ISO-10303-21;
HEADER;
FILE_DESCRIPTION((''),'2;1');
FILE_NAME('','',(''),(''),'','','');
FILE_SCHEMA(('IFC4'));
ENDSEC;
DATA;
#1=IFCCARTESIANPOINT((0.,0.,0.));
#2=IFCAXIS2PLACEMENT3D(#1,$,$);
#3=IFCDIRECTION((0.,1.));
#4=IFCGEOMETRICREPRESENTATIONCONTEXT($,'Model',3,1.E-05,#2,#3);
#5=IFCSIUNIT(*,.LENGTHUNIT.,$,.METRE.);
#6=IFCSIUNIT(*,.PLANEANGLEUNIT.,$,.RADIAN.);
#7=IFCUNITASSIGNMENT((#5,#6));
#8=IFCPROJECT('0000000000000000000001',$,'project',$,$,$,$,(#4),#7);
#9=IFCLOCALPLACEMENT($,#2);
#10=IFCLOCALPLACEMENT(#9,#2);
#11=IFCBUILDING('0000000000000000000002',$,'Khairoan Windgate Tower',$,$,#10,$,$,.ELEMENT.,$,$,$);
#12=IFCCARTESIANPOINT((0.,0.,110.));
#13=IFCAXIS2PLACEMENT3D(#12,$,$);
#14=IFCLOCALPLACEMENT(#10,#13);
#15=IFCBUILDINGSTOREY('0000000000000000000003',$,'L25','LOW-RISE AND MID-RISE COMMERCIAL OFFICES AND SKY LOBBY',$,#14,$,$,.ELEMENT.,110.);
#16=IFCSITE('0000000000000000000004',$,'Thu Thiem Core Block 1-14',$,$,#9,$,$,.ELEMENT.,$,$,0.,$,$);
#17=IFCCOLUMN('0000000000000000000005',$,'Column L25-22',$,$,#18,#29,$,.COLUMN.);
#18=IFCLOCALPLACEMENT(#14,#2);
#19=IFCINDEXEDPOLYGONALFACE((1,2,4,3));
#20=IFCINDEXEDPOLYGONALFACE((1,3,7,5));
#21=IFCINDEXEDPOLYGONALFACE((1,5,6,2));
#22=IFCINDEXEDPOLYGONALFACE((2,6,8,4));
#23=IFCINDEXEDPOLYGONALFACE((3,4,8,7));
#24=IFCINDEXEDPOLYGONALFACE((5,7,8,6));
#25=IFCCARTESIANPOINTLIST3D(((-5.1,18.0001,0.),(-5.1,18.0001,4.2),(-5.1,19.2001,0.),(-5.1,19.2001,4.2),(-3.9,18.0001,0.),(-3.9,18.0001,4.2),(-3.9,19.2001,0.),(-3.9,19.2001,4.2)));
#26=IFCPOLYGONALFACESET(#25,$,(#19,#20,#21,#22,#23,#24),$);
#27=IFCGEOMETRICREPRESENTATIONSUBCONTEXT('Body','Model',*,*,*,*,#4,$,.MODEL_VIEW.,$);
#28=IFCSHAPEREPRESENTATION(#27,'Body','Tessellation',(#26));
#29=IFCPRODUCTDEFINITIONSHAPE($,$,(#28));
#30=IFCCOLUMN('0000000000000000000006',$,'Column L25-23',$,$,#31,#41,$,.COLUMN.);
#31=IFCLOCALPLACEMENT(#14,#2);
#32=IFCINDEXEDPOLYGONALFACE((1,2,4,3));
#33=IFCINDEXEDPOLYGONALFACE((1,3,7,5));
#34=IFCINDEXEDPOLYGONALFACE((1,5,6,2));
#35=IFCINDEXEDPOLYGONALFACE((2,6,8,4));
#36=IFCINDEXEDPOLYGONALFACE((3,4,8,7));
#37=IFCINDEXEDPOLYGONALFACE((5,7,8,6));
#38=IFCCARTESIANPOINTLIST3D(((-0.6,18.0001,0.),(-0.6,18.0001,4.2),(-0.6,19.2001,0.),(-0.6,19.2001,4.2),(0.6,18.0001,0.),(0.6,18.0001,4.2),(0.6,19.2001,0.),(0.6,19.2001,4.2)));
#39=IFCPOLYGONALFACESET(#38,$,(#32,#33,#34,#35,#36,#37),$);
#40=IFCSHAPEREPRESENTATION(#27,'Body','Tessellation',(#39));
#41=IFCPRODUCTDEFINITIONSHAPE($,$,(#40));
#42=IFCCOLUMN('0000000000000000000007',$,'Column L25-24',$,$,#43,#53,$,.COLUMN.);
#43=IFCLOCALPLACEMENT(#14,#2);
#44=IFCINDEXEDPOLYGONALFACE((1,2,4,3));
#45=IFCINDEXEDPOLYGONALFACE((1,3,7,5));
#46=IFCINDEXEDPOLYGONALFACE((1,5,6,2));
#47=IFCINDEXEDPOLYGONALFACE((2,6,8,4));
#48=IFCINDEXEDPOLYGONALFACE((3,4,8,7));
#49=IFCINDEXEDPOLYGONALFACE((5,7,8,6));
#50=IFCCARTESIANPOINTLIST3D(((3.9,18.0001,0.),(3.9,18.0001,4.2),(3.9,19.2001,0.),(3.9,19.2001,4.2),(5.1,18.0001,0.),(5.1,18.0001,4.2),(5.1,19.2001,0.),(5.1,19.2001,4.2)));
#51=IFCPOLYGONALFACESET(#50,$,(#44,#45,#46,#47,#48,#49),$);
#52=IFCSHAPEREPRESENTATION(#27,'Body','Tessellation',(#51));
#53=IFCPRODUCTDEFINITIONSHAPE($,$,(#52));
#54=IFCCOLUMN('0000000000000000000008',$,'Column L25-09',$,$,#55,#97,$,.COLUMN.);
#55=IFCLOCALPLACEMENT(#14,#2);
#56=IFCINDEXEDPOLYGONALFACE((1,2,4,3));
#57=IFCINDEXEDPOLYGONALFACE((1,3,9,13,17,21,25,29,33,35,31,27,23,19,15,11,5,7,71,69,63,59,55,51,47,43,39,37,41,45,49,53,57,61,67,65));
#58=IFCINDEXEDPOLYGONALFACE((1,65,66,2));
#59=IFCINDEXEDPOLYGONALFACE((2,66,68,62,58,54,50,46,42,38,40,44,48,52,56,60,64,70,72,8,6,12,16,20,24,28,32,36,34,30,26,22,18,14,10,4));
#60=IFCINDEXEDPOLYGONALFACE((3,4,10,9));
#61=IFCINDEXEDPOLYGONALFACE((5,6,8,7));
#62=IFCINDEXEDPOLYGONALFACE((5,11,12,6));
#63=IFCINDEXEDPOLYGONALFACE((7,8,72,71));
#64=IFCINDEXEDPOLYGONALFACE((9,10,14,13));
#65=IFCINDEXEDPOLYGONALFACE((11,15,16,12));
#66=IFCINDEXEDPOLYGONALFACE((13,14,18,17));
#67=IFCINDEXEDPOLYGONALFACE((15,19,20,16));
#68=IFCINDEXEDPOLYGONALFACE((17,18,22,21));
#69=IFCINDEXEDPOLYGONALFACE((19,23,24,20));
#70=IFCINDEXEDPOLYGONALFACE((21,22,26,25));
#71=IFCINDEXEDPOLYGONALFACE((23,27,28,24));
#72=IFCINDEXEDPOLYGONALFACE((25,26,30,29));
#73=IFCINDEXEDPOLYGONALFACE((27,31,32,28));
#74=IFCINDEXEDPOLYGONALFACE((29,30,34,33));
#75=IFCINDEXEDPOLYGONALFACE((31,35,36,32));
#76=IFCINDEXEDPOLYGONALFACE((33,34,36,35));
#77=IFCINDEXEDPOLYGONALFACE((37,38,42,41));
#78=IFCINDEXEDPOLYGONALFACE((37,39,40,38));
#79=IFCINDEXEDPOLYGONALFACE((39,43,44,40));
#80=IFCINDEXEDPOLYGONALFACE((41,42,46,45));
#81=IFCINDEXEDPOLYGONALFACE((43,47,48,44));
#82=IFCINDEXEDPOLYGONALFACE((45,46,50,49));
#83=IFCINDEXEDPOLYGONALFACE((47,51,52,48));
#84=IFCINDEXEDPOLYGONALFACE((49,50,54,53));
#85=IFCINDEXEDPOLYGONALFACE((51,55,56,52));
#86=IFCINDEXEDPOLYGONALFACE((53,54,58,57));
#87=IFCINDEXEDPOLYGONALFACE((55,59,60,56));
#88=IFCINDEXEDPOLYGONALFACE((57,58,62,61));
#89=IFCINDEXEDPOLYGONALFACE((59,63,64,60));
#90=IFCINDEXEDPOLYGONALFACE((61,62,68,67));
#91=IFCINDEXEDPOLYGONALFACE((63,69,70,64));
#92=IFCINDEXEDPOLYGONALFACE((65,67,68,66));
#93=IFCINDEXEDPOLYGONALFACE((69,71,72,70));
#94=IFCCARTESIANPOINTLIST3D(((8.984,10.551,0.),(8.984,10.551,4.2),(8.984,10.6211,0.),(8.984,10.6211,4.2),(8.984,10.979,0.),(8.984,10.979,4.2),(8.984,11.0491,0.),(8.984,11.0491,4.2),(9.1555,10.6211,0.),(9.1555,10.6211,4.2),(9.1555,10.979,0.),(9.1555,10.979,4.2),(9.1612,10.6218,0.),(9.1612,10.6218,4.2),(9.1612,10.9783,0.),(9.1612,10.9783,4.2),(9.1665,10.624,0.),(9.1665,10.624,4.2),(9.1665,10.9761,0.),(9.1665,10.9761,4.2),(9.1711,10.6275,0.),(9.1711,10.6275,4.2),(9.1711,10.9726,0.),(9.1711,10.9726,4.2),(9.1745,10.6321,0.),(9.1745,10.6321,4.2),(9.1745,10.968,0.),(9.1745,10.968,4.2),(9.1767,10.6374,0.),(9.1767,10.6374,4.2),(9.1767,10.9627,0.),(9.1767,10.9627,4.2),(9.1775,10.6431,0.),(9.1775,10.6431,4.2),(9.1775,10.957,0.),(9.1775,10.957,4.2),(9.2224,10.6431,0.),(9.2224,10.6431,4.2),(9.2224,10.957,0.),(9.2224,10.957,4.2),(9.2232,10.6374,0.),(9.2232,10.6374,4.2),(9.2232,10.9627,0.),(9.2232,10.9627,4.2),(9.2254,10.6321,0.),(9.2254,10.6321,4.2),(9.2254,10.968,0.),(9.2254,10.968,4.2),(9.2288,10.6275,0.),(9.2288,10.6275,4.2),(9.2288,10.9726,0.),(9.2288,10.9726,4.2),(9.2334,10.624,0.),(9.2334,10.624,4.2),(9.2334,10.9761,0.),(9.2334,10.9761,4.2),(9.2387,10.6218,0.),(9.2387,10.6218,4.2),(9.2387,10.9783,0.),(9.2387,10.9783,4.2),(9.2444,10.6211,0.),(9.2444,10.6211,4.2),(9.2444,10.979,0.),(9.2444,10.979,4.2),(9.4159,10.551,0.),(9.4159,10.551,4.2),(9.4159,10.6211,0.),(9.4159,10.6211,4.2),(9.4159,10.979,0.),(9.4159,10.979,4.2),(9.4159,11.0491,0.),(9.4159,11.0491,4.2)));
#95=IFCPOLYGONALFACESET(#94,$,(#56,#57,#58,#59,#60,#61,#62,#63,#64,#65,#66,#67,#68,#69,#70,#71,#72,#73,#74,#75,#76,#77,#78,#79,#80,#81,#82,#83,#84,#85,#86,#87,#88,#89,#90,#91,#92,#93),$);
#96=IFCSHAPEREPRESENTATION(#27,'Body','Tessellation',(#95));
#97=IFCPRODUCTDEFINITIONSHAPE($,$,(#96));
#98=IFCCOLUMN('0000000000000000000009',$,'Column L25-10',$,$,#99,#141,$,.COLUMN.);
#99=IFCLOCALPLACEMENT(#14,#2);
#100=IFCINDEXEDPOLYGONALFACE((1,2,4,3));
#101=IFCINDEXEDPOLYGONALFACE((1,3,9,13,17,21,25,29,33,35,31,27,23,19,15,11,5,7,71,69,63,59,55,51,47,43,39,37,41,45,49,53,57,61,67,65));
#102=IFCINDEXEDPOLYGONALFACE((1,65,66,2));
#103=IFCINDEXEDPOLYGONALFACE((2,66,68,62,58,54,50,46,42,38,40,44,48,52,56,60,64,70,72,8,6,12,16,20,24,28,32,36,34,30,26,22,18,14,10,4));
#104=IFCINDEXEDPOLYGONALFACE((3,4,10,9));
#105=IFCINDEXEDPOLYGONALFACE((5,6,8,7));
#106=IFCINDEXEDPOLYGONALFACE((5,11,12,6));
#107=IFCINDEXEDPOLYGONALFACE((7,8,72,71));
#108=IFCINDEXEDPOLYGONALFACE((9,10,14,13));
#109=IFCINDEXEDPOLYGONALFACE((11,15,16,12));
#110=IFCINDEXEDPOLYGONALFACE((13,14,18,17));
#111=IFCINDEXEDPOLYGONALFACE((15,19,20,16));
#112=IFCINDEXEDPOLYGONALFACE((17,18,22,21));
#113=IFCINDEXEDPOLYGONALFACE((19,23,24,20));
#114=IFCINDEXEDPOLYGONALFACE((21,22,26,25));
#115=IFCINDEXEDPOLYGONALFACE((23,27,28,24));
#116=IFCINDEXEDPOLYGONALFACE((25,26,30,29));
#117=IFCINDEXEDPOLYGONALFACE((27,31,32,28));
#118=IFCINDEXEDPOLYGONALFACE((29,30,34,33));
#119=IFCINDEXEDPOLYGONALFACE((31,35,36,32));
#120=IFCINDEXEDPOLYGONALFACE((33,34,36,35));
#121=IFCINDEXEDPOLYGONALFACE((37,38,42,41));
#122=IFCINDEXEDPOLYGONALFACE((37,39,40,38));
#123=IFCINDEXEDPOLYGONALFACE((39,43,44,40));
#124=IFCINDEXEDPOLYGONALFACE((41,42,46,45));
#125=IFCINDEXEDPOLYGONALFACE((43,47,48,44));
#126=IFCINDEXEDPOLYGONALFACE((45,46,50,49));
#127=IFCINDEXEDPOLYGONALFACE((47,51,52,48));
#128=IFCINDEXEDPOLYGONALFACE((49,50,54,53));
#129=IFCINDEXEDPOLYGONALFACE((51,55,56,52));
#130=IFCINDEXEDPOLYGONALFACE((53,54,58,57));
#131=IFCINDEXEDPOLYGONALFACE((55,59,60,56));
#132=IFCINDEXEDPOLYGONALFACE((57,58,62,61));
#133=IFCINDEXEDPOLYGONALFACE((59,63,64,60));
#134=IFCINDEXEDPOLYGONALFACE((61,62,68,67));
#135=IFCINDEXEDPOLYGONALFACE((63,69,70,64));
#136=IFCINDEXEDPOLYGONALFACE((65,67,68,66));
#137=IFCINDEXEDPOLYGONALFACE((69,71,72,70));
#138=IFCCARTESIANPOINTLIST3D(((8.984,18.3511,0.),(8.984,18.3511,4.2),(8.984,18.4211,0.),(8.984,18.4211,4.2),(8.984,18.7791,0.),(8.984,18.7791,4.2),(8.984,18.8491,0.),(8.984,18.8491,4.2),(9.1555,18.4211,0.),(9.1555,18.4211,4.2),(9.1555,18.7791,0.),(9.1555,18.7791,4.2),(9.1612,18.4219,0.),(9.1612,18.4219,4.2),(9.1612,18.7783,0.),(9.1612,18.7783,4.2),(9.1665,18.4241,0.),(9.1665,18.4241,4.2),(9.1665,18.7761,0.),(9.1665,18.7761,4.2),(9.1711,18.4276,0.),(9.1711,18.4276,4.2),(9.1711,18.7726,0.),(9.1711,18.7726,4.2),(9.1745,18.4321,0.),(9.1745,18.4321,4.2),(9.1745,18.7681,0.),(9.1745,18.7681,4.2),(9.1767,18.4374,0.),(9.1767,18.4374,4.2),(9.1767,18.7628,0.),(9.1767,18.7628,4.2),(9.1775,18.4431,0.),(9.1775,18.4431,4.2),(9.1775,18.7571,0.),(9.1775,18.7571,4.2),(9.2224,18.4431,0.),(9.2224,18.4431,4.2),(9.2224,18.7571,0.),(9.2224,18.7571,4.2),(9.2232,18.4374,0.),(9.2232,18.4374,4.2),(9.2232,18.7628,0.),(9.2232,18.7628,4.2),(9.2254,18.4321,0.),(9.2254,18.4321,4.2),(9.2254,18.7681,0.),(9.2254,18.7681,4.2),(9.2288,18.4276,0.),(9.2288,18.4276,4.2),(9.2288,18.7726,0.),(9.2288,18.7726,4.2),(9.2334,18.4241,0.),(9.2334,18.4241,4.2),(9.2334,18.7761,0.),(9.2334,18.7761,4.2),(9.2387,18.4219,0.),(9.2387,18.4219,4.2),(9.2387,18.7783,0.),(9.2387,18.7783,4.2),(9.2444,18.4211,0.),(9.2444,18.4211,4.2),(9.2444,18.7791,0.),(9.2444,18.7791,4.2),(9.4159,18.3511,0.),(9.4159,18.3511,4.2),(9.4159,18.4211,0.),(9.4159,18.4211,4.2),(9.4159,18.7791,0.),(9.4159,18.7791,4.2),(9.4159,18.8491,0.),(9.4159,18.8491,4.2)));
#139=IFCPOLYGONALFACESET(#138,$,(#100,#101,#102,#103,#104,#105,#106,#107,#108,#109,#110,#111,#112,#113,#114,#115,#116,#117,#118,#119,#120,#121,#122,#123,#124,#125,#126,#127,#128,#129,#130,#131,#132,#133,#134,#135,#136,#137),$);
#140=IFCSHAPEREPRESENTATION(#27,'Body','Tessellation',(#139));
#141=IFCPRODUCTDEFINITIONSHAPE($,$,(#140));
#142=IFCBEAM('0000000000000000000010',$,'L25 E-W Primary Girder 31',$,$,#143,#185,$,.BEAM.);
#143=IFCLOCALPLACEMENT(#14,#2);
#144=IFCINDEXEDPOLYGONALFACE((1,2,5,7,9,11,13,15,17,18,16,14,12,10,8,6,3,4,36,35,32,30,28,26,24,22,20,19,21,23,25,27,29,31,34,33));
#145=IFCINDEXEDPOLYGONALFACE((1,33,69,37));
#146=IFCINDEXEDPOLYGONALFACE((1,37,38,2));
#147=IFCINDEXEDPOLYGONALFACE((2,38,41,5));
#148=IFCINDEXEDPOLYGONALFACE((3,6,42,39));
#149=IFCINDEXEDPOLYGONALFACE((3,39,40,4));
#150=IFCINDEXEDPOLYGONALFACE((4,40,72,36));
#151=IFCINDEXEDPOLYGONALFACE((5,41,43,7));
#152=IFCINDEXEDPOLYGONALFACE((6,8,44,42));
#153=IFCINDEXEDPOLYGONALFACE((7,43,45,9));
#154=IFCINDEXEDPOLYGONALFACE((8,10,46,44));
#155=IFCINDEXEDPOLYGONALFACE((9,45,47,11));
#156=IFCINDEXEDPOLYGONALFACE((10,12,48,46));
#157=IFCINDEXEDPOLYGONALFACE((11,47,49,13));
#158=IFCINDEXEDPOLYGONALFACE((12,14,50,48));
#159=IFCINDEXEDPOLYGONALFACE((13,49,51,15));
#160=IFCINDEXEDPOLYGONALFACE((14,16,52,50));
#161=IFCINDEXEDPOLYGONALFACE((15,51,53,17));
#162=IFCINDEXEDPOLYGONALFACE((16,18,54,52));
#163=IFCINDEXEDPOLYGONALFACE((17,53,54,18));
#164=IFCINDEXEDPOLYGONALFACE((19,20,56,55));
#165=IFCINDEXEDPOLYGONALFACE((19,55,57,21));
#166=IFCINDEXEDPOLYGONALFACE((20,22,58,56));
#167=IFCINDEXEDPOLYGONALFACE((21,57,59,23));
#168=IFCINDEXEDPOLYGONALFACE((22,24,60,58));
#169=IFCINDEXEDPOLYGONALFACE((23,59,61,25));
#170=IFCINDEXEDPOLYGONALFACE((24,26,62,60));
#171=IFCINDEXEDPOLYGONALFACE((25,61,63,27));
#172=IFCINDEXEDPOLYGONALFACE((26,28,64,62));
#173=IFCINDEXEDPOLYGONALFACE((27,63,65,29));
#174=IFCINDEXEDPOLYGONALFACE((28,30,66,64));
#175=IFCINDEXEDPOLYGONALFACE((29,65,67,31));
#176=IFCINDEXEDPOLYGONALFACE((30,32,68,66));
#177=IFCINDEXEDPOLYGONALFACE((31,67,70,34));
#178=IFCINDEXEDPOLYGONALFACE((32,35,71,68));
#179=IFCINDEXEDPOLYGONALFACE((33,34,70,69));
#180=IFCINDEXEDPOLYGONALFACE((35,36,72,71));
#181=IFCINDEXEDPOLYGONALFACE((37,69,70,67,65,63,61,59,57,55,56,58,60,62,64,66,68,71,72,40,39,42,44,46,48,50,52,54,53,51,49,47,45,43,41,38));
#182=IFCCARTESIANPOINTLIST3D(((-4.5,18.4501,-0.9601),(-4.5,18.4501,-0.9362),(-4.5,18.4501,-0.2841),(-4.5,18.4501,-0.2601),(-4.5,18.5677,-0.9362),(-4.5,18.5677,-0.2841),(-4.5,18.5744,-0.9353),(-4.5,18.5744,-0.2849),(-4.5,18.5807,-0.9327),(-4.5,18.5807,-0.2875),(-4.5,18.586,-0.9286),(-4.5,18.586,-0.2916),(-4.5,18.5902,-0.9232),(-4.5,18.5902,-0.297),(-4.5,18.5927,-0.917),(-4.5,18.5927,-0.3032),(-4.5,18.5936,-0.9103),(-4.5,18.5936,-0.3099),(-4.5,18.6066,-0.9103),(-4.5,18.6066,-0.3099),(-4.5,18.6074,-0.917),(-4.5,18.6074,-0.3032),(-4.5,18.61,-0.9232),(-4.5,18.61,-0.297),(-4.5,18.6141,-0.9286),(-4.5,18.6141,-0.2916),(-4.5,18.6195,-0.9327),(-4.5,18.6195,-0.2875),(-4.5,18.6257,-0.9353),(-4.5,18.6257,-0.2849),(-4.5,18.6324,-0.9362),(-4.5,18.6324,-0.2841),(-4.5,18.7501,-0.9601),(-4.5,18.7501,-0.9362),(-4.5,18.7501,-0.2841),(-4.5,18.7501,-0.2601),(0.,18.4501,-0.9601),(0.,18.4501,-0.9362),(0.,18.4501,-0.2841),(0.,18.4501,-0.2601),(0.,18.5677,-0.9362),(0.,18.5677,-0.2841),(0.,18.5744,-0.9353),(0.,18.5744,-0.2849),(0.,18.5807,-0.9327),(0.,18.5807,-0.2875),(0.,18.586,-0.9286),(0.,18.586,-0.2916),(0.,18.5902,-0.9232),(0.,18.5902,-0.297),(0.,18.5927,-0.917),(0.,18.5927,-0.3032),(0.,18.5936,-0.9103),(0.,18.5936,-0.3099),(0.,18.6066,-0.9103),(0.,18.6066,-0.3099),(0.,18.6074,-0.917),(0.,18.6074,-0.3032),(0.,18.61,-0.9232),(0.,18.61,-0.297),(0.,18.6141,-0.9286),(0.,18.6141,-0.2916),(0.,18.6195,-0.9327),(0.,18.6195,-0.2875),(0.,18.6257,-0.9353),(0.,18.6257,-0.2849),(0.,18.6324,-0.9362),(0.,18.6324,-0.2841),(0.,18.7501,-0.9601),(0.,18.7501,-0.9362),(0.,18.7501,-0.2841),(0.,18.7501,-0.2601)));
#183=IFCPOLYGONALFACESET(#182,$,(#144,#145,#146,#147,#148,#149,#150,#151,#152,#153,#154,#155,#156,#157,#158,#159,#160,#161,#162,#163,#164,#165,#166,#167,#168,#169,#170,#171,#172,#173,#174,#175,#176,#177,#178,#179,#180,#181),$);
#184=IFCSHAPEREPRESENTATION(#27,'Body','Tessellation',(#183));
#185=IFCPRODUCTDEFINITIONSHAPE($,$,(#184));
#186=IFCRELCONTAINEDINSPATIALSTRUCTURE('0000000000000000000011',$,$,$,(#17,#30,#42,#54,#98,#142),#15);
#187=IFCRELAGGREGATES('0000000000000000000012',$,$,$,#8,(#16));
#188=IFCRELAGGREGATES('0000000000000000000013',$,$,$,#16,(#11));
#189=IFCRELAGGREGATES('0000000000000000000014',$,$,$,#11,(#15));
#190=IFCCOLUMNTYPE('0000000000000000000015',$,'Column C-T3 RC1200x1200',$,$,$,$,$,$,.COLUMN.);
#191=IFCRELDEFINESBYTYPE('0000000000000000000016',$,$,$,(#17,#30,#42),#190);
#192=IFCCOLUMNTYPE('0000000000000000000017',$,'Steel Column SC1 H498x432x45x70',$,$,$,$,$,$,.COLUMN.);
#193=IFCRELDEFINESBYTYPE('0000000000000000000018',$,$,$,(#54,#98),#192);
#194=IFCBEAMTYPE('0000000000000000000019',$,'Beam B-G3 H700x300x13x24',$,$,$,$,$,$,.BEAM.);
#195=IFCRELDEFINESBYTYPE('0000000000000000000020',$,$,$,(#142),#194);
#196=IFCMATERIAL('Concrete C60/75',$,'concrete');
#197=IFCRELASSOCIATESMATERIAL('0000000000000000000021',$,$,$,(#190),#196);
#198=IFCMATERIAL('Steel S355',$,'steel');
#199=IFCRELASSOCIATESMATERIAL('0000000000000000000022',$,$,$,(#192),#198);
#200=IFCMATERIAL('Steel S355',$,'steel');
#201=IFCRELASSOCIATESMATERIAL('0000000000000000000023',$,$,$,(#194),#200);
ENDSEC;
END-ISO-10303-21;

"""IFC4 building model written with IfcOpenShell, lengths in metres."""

from ifc_helpers import new_model, si_unit, direction, frame, origin, origin_2d, place, context, subcontext, project, spatial, rectangle, i_section, extrude, material, material_profile, profile_set, type_object, element, save


model = new_model("IFC4")

# Units and contexts
model_context = context("Model", 3, precision=1e-05, world=origin(), true_north=direction((0.0, 1.0)))
body_context = subcontext(model_context, "Body", "Model", "MODEL_VIEW")
ifc_project = project(units=[si_unit("LENGTHUNIT", "METRE"), si_unit("PLANEANGLEUNIT", "RADIAN")], contexts=[model_context])

# Site, building, storey
site_placement = place(None, origin())
site = spatial("IfcSite", under=ifc_project, at=site_placement, Name="Thu Thiem Core Block 1-14", CompositionType="ELEMENT", RefElevation=0.0)
building_placement = place(site_placement, origin())
building = spatial("IfcBuilding", under=site, at=building_placement, Name="Khairoan Windgate Tower", CompositionType="ELEMENT")
storey_placement = place(building_placement, frame((0.0, 0.0, 110.0)))
storey = spatial("IfcBuildingStorey", under=building, at=storey_placement, Name="L25", Description="LOW-RISE AND MID-RISE COMMERCIAL OFFICES AND SKY LOBBY", CompositionType="ELEMENT", Elevation=110.0)

# Columns
ifc_material_1 = material(Name="Concrete C60/75", Category="concrete")
ifc_material_profile_1 = material_profile(ifc_material_1, rectangle(XDim=1.2, YDim=1.2, at=origin_2d()))
ifc_profile_set_1 = profile_set([ifc_material_profile_1], Name="Concrete C60/75")
column_type_1 = type_object("IfcColumnType", Name="Column C-T3 RC1200x1200", PredefinedType="COLUMN", material=ifc_profile_set_1)
for number, where, z_axis, x_axis, name in (
    (1, (-4.5, 18.6001, 0.0), (0.0, 0.0, 1.0), (1.0, 0.0, 0.0), "Column L25-22"),
    (2, (0.0, 18.6001, 0.0), (0.0, 0.0, 1.0), (1.0, 0.0, 0.0), "Column L25-23"),
    (3, (4.5, 18.6001, 0.0), (0.0, 0.0, 1.0), (1.0, 0.0, 0.0), "Column L25-24"),
):
    element("IfcColumn", number, at=place(storey_placement, frame(where, z_axis=z_axis, x_axis=x_axis)), inside=storey, type_object=column_type_1, Name=name, PredefinedType="COLUMN", context=body_context, shape_type="SweptSolid", body=[
        extrude(rectangle(XDim=1.2, YDim=1.2, at=origin_2d()), origin(), (0.0, 0.0, 1.0), 4.2),
    ])
ifc_material_2 = material(Name="Steel S355", Category="steel")
ifc_material_profile_2 = material_profile(ifc_material_2, i_section(OverallWidth=0.4319, OverallDepth=0.498, WebThickness=0.0449, FlangeThickness=0.0701, FilletRadius=0.022, at=origin_2d()))
ifc_profile_set_2 = profile_set([ifc_material_profile_2], Name="Steel S355")
column_type_2 = type_object("IfcColumnType", Name="Steel Column SC1 H498x432x45x70", PredefinedType="COLUMN", material=ifc_profile_set_2)
for number, where, z_axis, x_axis, name in (
    (4, (9.2, 10.8, 0.0), (0.0, 0.0, 1.0), (1.0, 0.0, 0.0), "Column L25-09"),
    (5, (9.2, 18.6001, 0.0), (0.0, 0.0, 1.0), (1.0, 0.0, 0.0), "Column L25-10"),
):
    element("IfcColumn", number, at=place(storey_placement, frame(where, z_axis=z_axis, x_axis=x_axis)), inside=storey, type_object=column_type_2, Name=name, PredefinedType="COLUMN", context=body_context, shape_type="SweptSolid", body=[
        extrude(i_section(OverallWidth=0.4319, OverallDepth=0.498, WebThickness=0.0449, FlangeThickness=0.0701, FilletRadius=0.022, at=origin_2d()), origin(), (0.0, 0.0, 1.0), 4.2),
    ])

# Beam
ifc_material_3 = material(Name="Steel S355", Category="steel")
ifc_material_profile_3 = material_profile(ifc_material_3, i_section(OverallWidth=0.3, OverallDepth=0.7, WebThickness=0.0129, FlangeThickness=0.0239, FilletRadius=0.0259, at=origin_2d()))
ifc_profile_set_3 = profile_set([ifc_material_profile_3], Name="Steel S355")
beam_type_1 = type_object("IfcBeamType", Name="Beam B-G3 H700x300x13x24", PredefinedType="BEAM", material=ifc_profile_set_3)
for number, where, z_axis, x_axis, name in (
    (6, (-4.5, 18.6001, -0.6101), (1.0, 0.0, 0.0), (0.0, 1.0, 0.0), "L25 E-W Primary Girder 31"),
):
    element("IfcBeam", number, at=place(storey_placement, frame(where, z_axis=z_axis, x_axis=x_axis)), inside=storey, type_object=beam_type_1, Name=name, PredefinedType="BEAM", context=body_context, shape_type="SweptSolid", body=[
        extrude(i_section(OverallWidth=0.3, OverallDepth=0.7, WebThickness=0.0129, FlangeThickness=0.0239, FilletRadius=0.0259, at=origin_2d()), origin(), (0.0, 0.0, 1.0), 4.5),
    ])

save(model, "model.ifc")
